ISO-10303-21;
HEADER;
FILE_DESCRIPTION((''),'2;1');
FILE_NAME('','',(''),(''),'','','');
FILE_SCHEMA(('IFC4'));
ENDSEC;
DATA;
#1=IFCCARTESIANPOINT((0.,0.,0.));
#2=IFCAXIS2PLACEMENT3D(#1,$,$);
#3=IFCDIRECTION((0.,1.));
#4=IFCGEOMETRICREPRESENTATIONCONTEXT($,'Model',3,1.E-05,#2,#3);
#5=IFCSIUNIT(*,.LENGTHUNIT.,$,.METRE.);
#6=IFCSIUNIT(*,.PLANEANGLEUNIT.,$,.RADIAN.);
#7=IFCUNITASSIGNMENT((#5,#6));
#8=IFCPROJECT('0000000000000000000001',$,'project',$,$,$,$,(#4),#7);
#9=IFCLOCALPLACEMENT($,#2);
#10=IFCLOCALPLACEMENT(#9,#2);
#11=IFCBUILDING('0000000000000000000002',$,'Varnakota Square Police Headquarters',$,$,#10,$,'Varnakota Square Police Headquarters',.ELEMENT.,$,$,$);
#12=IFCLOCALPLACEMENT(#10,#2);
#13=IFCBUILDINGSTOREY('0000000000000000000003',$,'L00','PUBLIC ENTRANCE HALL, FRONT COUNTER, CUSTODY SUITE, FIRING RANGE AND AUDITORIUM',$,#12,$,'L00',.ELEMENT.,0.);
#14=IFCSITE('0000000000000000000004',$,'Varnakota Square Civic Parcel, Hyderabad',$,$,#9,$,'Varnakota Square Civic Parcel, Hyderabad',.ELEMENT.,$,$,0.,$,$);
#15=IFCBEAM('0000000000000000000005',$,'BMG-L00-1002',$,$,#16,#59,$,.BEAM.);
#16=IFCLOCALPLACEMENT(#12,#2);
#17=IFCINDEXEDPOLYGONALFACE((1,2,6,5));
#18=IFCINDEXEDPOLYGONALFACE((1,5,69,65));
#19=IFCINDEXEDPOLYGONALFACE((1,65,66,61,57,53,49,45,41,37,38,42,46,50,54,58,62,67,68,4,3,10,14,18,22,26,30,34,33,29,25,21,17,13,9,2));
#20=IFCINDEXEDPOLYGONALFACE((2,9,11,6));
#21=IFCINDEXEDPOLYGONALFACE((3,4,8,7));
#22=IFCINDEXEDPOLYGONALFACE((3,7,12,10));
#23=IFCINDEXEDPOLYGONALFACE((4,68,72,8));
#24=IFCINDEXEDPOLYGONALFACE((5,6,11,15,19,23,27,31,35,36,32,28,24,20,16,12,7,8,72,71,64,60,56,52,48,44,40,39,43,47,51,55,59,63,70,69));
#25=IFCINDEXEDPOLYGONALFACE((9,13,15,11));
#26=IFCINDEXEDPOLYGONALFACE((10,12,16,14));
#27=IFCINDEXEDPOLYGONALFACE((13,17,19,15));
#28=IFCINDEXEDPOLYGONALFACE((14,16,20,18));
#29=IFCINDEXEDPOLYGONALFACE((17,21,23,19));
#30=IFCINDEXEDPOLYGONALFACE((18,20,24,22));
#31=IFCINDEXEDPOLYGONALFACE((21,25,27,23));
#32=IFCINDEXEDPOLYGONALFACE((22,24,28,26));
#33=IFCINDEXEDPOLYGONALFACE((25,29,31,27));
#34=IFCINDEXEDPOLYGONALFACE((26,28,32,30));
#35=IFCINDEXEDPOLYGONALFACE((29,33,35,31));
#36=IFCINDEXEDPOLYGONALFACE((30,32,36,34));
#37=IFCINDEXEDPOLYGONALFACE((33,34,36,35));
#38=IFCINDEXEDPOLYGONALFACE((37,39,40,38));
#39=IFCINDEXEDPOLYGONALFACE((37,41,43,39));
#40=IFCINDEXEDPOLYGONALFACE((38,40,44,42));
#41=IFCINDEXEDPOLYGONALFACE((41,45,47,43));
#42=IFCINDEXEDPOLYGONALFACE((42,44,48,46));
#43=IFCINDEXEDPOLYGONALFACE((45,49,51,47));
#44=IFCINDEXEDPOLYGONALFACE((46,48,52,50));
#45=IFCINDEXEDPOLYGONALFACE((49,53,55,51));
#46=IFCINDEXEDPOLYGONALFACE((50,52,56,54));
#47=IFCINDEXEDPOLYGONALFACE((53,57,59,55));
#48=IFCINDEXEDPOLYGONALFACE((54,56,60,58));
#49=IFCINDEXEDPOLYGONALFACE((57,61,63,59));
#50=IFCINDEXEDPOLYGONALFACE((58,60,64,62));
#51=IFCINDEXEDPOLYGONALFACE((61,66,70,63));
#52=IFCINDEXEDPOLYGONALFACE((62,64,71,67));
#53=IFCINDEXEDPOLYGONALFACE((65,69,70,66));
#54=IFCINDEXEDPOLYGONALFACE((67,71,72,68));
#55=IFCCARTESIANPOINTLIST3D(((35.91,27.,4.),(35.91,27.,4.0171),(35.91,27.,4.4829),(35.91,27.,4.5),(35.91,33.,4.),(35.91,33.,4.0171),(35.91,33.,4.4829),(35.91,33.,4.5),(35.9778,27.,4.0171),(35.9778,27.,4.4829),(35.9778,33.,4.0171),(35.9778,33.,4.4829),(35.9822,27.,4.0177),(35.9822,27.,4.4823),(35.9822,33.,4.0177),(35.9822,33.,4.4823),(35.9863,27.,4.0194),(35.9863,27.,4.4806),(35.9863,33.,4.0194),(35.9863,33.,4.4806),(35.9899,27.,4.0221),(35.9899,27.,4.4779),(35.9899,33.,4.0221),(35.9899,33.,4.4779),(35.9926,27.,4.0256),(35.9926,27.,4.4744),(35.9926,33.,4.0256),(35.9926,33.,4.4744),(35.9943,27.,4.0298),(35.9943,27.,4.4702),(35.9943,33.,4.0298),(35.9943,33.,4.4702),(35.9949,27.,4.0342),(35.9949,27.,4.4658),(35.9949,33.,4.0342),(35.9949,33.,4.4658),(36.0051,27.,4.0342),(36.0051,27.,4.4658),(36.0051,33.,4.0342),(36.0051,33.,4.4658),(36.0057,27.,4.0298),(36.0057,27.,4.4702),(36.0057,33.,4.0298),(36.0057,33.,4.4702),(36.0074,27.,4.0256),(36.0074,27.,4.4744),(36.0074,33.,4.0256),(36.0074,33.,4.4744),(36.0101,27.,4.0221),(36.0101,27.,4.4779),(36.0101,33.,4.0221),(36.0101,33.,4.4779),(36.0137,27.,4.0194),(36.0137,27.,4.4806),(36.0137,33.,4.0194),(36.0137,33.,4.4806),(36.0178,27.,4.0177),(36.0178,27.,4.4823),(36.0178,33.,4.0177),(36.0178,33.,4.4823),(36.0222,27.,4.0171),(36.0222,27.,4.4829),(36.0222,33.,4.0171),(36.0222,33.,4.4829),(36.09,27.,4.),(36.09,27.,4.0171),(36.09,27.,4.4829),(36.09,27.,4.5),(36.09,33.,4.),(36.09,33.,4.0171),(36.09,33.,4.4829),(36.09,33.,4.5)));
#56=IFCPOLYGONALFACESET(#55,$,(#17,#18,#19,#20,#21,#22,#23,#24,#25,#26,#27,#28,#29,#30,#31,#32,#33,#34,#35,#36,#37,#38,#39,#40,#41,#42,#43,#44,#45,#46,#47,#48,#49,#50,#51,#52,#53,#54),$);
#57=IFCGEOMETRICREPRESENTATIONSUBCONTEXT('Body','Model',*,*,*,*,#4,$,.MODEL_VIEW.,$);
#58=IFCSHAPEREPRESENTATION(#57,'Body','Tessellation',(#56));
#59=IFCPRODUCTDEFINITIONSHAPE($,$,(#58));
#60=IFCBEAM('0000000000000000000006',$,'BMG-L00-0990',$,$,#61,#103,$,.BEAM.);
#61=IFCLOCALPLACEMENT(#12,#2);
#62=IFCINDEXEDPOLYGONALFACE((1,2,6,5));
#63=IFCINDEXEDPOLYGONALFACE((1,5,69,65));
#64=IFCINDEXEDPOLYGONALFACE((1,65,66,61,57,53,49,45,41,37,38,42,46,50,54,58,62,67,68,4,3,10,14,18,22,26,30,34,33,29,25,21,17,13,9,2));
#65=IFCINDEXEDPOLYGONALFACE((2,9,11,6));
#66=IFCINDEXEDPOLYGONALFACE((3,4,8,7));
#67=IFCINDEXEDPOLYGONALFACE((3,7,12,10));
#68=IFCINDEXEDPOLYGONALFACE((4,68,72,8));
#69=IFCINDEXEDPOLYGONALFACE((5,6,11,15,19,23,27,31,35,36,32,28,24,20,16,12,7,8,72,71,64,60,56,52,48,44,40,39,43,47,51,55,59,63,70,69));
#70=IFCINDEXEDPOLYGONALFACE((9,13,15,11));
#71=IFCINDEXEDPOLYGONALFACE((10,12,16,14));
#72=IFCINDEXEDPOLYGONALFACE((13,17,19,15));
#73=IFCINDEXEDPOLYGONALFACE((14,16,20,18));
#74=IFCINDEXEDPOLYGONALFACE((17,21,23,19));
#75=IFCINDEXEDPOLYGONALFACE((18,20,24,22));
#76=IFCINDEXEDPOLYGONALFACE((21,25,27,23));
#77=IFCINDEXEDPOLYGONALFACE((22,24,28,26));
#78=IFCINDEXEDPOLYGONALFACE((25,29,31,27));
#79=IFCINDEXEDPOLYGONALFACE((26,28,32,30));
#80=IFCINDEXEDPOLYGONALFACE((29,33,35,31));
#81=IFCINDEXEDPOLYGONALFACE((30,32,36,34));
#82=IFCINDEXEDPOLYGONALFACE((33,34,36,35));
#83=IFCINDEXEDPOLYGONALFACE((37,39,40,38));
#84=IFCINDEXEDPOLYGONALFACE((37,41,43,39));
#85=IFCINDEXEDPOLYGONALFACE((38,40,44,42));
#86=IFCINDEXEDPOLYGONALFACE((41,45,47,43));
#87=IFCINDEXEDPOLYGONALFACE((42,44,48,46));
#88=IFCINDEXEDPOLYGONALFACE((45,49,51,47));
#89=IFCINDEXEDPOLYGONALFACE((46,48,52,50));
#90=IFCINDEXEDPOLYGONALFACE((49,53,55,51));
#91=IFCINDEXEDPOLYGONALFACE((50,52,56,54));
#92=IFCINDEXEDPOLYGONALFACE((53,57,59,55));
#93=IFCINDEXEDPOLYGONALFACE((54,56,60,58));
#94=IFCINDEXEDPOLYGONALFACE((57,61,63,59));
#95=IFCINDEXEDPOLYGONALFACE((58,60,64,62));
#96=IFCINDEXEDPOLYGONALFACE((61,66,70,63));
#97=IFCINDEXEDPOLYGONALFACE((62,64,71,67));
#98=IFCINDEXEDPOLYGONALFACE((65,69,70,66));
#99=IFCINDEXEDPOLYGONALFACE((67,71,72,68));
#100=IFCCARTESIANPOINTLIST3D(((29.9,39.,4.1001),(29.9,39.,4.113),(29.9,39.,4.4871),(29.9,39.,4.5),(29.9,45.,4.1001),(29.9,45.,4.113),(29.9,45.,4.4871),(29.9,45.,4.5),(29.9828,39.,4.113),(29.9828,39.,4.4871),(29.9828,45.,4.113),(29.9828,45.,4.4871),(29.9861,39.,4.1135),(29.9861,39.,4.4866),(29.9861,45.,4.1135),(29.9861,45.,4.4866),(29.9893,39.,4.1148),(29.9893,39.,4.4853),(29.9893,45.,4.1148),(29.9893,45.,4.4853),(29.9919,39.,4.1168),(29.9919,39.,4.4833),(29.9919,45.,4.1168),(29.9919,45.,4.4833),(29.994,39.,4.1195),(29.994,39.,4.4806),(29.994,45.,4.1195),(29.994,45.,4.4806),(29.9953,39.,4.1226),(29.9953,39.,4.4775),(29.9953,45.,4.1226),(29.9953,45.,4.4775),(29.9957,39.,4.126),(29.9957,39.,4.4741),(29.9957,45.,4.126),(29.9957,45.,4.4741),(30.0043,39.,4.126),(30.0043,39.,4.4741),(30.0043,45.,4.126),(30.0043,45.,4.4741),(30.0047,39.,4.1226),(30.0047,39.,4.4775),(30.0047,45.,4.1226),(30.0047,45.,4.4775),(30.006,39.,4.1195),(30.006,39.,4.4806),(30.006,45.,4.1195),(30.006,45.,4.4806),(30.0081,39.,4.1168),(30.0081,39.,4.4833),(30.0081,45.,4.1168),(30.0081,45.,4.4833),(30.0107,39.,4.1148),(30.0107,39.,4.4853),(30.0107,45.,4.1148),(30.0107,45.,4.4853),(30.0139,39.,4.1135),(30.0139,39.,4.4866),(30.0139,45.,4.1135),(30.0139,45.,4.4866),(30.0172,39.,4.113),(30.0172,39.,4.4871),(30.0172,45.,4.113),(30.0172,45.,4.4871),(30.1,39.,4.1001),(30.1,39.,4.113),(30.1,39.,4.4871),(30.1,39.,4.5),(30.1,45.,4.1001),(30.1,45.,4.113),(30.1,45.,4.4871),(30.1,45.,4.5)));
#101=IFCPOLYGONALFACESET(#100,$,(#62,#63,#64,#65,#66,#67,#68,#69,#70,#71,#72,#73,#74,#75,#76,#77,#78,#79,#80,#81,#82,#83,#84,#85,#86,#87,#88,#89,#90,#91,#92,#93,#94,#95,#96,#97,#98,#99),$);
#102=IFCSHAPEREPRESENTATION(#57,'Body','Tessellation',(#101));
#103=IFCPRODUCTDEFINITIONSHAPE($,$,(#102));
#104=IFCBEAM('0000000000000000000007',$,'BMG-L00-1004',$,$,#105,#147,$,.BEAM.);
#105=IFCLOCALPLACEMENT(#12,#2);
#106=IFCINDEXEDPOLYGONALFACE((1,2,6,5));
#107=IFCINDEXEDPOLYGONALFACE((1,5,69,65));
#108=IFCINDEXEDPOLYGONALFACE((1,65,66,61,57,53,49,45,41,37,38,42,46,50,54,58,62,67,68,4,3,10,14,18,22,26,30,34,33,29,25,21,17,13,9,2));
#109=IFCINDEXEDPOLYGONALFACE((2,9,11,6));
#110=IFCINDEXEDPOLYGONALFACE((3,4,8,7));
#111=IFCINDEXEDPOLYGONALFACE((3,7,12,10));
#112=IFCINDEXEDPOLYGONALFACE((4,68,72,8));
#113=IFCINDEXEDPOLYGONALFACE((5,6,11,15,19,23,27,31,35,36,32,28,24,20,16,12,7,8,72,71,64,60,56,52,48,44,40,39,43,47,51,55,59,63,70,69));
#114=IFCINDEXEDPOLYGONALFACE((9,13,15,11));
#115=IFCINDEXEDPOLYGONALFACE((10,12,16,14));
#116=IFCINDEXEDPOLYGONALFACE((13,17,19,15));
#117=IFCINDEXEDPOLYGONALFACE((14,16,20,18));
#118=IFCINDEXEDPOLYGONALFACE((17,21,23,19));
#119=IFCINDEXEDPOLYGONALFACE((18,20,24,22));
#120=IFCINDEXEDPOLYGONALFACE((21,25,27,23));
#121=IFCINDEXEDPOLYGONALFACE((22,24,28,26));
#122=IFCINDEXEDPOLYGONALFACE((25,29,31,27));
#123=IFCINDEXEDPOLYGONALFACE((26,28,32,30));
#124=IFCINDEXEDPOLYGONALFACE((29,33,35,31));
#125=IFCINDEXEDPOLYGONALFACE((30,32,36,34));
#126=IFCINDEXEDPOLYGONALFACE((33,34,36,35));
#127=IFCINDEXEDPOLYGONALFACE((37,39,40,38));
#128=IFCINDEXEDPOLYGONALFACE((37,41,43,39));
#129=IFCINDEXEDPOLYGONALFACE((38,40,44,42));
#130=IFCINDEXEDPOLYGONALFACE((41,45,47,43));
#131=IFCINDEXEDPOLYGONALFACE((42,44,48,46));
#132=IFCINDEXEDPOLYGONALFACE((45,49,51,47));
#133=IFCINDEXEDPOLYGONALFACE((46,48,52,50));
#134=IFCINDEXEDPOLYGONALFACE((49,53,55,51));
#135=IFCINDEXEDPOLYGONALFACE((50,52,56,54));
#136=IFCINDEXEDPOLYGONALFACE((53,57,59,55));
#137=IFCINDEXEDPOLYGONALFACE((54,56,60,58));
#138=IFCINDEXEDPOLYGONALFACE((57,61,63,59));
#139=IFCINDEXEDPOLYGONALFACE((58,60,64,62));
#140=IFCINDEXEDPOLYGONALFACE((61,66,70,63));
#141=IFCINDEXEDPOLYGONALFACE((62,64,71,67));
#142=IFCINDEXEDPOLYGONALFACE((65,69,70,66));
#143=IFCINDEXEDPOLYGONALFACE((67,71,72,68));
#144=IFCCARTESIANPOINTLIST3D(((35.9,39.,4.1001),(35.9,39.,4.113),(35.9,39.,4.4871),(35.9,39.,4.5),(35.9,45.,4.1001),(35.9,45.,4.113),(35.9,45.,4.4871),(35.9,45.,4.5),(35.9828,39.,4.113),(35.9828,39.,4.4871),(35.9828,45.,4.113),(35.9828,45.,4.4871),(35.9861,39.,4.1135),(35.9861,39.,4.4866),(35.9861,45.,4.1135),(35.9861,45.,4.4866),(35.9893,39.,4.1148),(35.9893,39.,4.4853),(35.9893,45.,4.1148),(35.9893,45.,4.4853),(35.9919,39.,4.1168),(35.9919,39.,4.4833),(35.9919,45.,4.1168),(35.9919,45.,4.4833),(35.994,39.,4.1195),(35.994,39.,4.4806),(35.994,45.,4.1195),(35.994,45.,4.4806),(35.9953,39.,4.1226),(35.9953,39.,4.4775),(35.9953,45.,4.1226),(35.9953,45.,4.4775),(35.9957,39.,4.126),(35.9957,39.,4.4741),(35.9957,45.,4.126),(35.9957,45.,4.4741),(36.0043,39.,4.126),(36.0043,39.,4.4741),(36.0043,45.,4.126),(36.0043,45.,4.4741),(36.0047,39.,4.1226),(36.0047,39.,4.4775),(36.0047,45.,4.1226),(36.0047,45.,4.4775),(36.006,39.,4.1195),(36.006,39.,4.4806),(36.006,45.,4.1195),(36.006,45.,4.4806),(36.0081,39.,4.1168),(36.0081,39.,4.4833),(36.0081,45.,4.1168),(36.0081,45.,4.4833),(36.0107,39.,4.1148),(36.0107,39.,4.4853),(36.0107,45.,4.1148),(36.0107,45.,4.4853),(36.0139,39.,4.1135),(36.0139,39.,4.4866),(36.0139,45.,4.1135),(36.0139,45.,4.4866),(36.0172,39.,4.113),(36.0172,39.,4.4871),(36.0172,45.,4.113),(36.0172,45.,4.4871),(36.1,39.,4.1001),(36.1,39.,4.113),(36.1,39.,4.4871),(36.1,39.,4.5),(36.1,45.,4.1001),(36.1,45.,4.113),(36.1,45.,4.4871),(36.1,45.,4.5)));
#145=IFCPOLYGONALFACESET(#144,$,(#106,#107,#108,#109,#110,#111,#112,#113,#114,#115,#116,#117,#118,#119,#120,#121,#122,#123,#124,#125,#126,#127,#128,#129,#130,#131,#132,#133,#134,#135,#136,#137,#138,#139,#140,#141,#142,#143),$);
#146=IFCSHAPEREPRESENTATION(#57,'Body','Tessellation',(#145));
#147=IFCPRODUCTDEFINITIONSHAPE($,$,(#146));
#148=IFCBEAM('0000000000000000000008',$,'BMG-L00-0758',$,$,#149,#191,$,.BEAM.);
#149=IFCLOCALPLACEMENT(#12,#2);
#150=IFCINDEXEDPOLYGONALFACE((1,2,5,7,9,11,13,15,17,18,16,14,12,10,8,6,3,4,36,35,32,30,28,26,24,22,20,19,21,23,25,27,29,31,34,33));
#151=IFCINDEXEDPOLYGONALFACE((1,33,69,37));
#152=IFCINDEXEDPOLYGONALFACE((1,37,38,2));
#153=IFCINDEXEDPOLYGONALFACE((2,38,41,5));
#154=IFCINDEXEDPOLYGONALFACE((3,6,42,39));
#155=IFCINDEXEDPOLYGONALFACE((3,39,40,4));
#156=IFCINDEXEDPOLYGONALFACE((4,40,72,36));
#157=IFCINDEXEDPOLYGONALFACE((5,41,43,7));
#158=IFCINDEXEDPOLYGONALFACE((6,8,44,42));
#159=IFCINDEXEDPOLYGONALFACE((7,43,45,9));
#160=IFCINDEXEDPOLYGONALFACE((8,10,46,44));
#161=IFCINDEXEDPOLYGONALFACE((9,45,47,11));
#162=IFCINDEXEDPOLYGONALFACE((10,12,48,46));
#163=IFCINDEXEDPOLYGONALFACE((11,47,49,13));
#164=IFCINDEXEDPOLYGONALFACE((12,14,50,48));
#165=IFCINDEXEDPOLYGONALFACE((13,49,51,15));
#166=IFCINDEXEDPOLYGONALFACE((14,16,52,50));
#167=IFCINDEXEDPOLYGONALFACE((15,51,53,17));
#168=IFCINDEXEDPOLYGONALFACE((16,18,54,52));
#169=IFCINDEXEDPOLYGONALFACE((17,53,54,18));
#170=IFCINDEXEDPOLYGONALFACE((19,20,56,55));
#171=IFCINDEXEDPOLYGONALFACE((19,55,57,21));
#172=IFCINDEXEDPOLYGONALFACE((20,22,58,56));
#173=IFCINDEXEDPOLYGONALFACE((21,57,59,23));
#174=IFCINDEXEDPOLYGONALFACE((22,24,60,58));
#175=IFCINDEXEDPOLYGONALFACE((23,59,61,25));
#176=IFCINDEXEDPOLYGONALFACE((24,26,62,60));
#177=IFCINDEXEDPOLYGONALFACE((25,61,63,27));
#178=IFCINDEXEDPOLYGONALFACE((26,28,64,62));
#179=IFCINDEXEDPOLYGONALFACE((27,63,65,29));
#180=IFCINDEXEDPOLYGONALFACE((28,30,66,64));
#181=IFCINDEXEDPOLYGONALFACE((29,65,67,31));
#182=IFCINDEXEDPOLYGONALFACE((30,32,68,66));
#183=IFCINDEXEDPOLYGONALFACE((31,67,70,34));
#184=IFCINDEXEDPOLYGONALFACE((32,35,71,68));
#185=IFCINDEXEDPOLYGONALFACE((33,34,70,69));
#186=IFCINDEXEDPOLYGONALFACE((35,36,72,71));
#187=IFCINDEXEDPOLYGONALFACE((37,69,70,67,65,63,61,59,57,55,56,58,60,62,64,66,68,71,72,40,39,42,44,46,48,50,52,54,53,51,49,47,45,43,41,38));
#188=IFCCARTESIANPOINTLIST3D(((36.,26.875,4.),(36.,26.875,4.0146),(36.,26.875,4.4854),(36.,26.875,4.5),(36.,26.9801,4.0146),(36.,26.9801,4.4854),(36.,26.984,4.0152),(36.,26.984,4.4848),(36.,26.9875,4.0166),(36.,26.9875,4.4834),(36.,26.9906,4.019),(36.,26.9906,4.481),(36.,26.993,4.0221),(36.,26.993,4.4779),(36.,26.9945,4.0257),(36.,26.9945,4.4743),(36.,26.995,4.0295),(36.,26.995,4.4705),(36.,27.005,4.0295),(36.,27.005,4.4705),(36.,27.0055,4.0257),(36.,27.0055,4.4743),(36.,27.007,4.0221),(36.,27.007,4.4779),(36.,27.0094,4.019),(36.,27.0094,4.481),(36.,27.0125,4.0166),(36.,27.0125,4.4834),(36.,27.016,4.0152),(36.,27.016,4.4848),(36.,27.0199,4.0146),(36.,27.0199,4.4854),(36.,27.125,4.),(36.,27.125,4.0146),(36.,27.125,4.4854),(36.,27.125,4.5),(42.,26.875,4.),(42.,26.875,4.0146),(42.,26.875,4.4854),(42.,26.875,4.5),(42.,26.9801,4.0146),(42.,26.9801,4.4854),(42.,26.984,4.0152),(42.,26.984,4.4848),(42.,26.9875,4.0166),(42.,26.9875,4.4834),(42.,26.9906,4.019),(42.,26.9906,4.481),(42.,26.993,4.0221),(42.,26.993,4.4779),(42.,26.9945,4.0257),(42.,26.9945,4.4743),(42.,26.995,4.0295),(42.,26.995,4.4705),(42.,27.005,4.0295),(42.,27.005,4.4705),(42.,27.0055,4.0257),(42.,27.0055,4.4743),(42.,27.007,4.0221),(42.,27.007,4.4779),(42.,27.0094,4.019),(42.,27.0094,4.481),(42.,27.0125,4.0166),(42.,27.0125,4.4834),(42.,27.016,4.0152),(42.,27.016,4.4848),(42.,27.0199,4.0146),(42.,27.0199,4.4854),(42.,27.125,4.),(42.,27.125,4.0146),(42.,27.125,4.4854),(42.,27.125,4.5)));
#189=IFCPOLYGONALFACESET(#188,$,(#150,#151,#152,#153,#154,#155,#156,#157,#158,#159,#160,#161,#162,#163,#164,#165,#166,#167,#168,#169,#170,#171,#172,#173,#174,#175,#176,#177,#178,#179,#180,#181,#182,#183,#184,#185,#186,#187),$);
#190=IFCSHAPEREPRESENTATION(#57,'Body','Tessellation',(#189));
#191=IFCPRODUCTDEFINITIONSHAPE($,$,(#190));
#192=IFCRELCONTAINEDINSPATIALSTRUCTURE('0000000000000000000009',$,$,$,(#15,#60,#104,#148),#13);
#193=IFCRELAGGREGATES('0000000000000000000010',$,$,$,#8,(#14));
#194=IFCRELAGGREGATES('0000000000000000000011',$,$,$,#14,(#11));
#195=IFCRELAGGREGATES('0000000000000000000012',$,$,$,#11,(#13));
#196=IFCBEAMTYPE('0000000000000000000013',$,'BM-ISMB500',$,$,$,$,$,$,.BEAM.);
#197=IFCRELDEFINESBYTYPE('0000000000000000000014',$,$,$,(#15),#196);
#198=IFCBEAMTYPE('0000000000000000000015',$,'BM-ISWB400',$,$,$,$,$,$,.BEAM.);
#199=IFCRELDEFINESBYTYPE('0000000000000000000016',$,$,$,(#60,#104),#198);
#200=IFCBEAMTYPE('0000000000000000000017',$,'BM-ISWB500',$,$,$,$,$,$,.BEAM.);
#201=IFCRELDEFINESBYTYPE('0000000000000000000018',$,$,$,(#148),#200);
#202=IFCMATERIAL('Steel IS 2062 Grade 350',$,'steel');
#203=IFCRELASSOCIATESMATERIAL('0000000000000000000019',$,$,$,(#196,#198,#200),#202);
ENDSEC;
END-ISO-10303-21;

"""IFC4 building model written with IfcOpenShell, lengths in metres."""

from ifc_helpers import new_model, si_unit, direction, frame, origin, origin_2d, place, context, subcontext, project, spatial, i_section, extrude, material, material_profile, profile_set, type_object, element, save


model = new_model("IFC4")

# Units and contexts
model_context = context("Model", 3, precision=1e-05, world=origin(), true_north=direction((0.0, 1.0)))
body_context = subcontext(model_context, "Body", "Model", "MODEL_VIEW")
ifc_project = project(units=[si_unit("LENGTHUNIT", "METRE"), si_unit("PLANEANGLEUNIT", "RADIAN")], contexts=[model_context])

# Site, building, storey
site_placement = place(None, origin())
site = spatial("IfcSite", under=ifc_project, at=site_placement, Name="Varnakota Square Civic Parcel, Hyderabad", LongName="Varnakota Square Civic Parcel, Hyderabad", CompositionType="ELEMENT", RefElevation=0.0)
building_placement = place(site_placement, origin())
building = spatial("IfcBuilding", under=site, at=building_placement, Name="Varnakota Square Police Headquarters", LongName="Varnakota Square Police Headquarters", CompositionType="ELEMENT")
storey_placement = place(building_placement, origin())
storey = spatial("IfcBuildingStorey", under=building, at=storey_placement, Name="L00", Description="PUBLIC ENTRANCE HALL, FRONT COUNTER, CUSTODY SUITE, FIRING RANGE AND AUDITORIUM", LongName="L00", CompositionType="ELEMENT", Elevation=0.0)

# Beams
ifc_material_1 = material(Name="Steel IS 2062 Grade 350", Category="steel")
ifc_material_profile_1 = material_profile(ifc_material_1, i_section(OverallWidth=0.1799, OverallDepth=0.5, WebThickness=0.0103, FlangeThickness=0.0171, FilletRadius=0.0171, at=origin_2d()), Name="ISMB 500")
ifc_profile_set_1 = profile_set([ifc_material_profile_1], Name="Steel IS 2062 Grade 350")
beam_type_1 = type_object("IfcBeamType", Name="BM-ISMB500", PredefinedType="BEAM", material=ifc_profile_set_1)
for number, where, z_axis, x_axis, name in (
    (1, (36.0, 27.0, 4.25), (0.0, 1.0, 0.0), (-1.0, 0.0, 0.0), "BMG-L00-1002"),
):
    element("IfcBeam", number, at=place(storey_placement, frame(where, z_axis=z_axis, x_axis=x_axis)), inside=storey, type_object=beam_type_1, Name=name, PredefinedType="BEAM", context=body_context, shape_type="SweptSolid", body=[
        extrude(i_section(OverallWidth=0.1799, OverallDepth=0.5, WebThickness=0.0103, FlangeThickness=0.0171, FilletRadius=0.0171, at=origin_2d()), origin(), (0.0, 0.0, 1.0), 6.0),
    ])
ifc_material_profile_2 = material_profile(ifc_material_1, i_section(OverallWidth=0.2, OverallDepth=0.3999, WebThickness=0.0085, FlangeThickness=0.0129, FilletRadius=0.0129, at=origin_2d()), Name="ISWB 400")
ifc_profile_set_2 = profile_set([ifc_material_profile_2], Name="Steel IS 2062 Grade 350")
beam_type_2 = type_object("IfcBeamType", Name="BM-ISWB400", PredefinedType="BEAM", material=ifc_profile_set_2)
for number, where, z_axis, x_axis, name in (
    (2, (30.0, 39.0, 4.3), (0.0, 1.0, 0.0), (-1.0, 0.0, 0.0), "BMG-L00-0990"),
    (3, (36.0, 39.0, 4.3), (0.0, 1.0, 0.0), (-1.0, 0.0, 0.0), "BMG-L00-1004"),
):
    element("IfcBeam", number, at=place(storey_placement, frame(where, z_axis=z_axis, x_axis=x_axis)), inside=storey, type_object=beam_type_2, Name=name, PredefinedType="BEAM", context=body_context, shape_type="SweptSolid", body=[
        extrude(i_section(OverallWidth=0.2, OverallDepth=0.3999, WebThickness=0.0085, FlangeThickness=0.0129, FilletRadius=0.0129, at=origin_2d()), origin(), (0.0, 0.0, 1.0), 6.0),
    ])
ifc_material_profile_3 = material_profile(ifc_material_1, i_section(OverallWidth=0.25, OverallDepth=0.5, WebThickness=0.01, FlangeThickness=0.0146, FilletRadius=0.0149, at=origin_2d()), Name="ISWB 500")
ifc_profile_set_3 = profile_set([ifc_material_profile_3], Name="Steel IS 2062 Grade 350")
beam_type_3 = type_object("IfcBeamType", Name="BM-ISWB500", PredefinedType="BEAM", material=ifc_profile_set_3)
for number, where, z_axis, x_axis, name in (
    (4, (36.0, 27.0, 4.25), (1.0, 0.0, 0.0), (0.0, 1.0, 0.0), "BMG-L00-0758"),
):
    element("IfcBeam", number, at=place(storey_placement, frame(where, z_axis=z_axis, x_axis=x_axis)), inside=storey, type_object=beam_type_3, Name=name, PredefinedType="BEAM", context=body_context, shape_type="SweptSolid", body=[
        extrude(i_section(OverallWidth=0.25, OverallDepth=0.5, WebThickness=0.01, FlangeThickness=0.0146, FilletRadius=0.0149, at=origin_2d()), origin(), (0.0, 0.0, 1.0), 6.0),
    ])

save(model, "model.ifc")
